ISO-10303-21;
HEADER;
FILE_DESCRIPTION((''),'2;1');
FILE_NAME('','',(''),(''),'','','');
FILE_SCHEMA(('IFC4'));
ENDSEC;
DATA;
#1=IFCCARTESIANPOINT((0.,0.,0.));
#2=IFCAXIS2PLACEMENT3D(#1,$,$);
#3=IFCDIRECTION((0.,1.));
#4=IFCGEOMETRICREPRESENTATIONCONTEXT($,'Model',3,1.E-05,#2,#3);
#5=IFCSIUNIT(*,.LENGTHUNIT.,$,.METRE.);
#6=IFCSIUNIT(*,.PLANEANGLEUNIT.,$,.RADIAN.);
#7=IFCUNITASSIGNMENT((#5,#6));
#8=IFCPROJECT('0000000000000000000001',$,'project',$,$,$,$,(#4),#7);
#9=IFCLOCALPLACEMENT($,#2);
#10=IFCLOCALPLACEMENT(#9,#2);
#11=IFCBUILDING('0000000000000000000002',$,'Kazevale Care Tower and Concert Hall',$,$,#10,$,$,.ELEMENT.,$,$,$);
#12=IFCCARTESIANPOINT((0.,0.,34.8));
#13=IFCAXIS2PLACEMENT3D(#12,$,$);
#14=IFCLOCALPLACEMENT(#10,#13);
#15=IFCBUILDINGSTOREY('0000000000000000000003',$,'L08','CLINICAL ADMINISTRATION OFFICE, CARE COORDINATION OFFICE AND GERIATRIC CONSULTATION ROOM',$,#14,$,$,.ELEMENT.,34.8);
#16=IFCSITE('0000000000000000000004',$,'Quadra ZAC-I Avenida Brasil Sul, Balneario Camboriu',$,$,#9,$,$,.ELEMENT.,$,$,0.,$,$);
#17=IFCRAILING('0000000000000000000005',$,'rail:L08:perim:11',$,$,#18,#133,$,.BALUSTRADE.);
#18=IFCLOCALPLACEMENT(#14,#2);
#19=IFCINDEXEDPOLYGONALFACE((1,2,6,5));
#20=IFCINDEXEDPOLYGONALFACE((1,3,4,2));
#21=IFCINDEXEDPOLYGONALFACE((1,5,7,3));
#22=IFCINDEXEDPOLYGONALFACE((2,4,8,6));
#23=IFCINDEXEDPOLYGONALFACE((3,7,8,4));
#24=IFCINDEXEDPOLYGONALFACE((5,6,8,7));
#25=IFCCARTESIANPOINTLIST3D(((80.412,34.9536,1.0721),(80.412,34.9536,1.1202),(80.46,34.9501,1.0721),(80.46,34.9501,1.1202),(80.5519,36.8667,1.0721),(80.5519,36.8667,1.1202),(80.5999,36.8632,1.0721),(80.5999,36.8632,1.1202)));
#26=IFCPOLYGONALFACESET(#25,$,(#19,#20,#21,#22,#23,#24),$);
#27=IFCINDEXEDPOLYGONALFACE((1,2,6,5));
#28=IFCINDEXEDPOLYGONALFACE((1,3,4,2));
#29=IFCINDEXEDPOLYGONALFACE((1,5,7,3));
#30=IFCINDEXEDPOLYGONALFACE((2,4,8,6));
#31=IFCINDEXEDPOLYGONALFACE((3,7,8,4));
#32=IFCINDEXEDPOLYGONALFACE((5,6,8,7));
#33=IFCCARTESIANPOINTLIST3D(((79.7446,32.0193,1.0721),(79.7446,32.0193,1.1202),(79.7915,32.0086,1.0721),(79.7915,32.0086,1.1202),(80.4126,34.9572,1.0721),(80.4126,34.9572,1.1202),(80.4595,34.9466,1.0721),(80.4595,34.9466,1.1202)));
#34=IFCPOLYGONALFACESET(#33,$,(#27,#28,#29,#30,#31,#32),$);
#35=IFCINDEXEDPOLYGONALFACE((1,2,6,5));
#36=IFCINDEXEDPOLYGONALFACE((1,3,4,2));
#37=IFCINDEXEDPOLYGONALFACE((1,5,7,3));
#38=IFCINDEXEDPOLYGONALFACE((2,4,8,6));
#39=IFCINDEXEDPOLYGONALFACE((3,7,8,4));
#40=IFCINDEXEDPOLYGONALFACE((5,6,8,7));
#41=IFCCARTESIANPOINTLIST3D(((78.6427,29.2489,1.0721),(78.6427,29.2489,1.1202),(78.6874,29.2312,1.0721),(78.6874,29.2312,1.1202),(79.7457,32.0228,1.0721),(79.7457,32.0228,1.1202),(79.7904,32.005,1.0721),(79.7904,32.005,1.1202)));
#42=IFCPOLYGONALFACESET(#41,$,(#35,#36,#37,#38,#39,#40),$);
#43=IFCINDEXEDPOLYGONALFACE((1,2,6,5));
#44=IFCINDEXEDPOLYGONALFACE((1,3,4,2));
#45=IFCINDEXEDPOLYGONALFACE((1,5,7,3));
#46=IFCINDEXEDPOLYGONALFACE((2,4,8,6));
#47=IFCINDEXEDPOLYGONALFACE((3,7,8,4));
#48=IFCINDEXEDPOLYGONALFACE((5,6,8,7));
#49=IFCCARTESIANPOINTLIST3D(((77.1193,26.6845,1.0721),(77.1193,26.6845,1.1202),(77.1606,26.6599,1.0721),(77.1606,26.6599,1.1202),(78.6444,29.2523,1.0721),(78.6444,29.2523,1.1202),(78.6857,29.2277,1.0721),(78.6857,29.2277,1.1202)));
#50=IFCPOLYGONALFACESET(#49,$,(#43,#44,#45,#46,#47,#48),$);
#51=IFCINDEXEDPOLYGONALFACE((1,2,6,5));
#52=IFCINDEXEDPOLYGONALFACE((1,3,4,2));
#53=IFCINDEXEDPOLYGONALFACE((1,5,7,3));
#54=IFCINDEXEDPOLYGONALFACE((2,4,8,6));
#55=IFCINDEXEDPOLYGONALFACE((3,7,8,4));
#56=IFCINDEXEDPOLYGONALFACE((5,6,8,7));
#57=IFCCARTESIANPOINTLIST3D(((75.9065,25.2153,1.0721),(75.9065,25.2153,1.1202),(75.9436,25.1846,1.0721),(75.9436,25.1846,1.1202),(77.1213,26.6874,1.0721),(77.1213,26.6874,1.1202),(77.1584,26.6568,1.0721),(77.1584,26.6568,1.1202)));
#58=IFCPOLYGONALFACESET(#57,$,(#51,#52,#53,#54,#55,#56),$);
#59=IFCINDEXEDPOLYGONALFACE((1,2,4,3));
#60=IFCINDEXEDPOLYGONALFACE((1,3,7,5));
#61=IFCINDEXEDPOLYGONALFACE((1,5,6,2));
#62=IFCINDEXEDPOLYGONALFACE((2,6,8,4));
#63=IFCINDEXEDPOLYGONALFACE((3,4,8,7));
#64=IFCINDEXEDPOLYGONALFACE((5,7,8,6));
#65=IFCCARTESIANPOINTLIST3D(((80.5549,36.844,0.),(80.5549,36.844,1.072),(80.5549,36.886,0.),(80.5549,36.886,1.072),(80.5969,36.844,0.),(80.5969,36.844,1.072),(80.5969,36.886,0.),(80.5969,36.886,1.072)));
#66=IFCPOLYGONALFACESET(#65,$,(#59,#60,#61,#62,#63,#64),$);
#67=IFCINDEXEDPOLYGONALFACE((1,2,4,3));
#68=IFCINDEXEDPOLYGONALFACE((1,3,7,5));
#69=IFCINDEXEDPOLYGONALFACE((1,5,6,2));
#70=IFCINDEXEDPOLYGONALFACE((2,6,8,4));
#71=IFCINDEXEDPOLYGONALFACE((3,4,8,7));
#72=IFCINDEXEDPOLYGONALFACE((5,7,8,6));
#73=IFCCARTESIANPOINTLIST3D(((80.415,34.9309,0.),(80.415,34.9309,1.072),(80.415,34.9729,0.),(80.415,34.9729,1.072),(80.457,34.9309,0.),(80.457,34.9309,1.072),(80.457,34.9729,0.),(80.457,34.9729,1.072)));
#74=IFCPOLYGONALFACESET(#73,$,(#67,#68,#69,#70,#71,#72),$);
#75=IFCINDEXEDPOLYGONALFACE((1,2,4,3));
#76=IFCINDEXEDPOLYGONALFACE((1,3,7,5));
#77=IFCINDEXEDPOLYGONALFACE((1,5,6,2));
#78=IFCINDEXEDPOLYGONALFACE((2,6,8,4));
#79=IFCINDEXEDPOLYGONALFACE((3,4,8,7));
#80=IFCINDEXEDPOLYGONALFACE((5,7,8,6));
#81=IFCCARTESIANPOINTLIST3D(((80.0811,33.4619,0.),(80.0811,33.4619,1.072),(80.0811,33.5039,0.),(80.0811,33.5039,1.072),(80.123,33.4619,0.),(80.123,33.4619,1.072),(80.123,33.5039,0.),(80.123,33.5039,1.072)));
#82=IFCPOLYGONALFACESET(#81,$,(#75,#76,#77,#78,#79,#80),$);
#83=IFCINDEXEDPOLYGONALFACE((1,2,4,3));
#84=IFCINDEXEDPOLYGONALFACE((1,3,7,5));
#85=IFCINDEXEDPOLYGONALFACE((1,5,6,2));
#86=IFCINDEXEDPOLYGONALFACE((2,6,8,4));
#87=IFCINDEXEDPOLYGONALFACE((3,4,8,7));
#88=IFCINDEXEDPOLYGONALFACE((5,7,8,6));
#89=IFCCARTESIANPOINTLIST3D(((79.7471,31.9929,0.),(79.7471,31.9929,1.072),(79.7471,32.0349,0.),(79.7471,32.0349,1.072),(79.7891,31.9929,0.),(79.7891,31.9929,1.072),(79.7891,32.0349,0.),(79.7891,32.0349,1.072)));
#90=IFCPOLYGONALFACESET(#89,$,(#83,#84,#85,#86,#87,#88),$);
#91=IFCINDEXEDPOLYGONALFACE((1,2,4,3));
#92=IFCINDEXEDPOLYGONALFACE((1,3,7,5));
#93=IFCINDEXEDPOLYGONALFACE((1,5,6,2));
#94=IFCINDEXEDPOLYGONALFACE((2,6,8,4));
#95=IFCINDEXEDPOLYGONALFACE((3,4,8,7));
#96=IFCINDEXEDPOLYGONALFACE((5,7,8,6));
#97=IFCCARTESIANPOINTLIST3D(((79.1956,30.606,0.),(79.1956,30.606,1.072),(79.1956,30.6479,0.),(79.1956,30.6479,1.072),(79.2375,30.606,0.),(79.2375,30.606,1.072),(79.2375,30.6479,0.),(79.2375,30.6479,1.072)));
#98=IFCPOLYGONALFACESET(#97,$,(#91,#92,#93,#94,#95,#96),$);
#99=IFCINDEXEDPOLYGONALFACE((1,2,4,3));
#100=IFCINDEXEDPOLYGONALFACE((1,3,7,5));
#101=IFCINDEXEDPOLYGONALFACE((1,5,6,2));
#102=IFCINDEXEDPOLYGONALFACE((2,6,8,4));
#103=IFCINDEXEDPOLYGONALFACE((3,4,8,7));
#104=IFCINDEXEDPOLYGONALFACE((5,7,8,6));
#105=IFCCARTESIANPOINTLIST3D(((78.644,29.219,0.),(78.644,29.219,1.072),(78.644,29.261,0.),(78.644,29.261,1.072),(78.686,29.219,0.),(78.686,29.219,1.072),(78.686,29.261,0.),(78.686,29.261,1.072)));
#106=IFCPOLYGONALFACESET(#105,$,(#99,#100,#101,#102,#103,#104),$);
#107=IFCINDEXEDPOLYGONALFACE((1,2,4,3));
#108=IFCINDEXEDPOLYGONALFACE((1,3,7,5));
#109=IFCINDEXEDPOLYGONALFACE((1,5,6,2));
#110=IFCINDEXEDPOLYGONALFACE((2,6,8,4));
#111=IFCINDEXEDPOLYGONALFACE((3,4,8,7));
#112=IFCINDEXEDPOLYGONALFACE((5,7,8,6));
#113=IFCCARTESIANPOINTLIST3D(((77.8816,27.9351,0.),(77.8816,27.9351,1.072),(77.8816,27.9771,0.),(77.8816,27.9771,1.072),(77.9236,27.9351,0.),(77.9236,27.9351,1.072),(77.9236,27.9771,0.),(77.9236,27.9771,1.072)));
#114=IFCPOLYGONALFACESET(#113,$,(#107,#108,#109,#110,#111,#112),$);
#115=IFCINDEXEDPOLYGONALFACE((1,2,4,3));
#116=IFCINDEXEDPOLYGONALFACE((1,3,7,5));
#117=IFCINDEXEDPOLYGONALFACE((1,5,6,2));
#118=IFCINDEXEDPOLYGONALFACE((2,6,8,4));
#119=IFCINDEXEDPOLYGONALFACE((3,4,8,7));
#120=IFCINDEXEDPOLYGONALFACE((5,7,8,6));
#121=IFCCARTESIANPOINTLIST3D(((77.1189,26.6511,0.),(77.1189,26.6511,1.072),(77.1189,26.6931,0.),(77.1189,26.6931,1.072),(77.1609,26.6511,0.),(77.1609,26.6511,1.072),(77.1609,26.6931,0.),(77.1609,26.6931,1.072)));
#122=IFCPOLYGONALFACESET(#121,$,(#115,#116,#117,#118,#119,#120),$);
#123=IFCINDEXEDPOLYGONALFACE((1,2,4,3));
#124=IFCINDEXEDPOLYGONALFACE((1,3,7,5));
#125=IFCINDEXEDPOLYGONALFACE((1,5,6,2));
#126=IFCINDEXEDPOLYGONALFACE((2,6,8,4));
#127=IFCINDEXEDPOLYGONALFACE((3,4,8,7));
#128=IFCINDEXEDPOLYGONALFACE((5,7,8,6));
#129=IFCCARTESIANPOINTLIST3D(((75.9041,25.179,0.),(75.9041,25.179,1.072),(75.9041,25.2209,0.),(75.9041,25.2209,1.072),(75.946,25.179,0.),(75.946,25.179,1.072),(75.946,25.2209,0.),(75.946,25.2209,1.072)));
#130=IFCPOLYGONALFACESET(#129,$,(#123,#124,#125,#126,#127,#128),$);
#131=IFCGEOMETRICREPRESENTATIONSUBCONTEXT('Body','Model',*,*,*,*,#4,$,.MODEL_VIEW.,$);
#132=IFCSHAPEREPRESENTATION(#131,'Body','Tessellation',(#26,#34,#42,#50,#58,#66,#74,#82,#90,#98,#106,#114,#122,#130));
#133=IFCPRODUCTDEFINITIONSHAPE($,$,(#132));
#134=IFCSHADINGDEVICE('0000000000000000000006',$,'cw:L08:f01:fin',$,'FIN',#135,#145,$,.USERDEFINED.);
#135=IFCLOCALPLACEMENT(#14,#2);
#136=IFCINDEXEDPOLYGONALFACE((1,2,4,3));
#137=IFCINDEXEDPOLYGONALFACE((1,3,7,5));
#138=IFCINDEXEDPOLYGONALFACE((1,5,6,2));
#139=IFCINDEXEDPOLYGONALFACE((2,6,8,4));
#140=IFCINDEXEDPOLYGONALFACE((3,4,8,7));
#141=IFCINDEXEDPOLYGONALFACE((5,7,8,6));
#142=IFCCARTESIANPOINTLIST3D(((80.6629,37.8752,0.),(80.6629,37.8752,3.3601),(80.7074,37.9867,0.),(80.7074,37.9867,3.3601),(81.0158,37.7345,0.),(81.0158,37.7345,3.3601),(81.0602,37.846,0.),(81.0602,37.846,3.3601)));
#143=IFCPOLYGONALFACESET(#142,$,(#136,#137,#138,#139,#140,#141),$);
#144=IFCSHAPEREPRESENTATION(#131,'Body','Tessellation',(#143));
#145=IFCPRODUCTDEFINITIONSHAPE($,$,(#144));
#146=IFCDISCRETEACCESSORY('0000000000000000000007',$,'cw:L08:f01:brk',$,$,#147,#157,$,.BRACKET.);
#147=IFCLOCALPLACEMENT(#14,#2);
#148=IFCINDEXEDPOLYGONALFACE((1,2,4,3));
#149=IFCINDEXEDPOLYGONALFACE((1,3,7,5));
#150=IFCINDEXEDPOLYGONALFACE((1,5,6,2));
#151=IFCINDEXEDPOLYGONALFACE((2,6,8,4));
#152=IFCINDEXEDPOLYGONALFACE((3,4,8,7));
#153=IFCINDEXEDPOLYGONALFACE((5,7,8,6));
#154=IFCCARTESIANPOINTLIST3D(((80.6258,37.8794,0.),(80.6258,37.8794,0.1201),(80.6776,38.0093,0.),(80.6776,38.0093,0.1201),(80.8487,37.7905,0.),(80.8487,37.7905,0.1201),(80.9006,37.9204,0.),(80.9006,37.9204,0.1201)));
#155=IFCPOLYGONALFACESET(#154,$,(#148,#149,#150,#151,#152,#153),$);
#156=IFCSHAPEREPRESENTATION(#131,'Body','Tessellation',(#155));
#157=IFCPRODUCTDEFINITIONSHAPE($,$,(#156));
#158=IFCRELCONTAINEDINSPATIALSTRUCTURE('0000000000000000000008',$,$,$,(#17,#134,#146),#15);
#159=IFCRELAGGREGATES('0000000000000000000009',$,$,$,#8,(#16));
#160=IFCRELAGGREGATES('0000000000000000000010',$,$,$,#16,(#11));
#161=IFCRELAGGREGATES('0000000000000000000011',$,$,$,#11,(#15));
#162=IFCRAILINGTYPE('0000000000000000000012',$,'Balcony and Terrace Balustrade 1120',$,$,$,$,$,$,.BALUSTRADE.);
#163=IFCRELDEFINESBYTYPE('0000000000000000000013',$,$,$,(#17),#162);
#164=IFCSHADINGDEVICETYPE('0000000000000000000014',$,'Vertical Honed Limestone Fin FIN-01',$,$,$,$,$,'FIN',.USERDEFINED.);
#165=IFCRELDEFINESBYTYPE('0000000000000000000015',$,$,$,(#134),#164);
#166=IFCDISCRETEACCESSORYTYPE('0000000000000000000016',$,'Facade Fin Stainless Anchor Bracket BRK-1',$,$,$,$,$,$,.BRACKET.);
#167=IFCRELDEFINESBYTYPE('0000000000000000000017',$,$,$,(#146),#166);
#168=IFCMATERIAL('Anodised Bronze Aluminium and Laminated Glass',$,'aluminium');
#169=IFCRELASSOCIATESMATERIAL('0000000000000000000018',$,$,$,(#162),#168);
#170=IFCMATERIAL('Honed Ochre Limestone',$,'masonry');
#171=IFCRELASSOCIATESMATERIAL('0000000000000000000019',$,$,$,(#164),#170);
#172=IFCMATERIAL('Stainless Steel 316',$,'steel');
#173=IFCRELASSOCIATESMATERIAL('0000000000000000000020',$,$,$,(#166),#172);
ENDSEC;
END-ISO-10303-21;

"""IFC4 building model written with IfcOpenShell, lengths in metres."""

from ifc_helpers import new_model, si_unit, direction, frame, origin, origin_2d, place, context, subcontext, project, spatial, rectangle, extrude, material, type_object, element, save


model = new_model("IFC4")

# Units and contexts
model_context = context("Model", 3, precision=1e-05, world=origin(), true_north=direction((0.0, 1.0)))
body_context = subcontext(model_context, "Body", "Model", "MODEL_VIEW")
ifc_project = project(units=[si_unit("LENGTHUNIT", "METRE"), si_unit("PLANEANGLEUNIT", "RADIAN")], contexts=[model_context])

# Site, building, storey
site_placement = place(None, origin())
site = spatial("IfcSite", under=ifc_project, at=site_placement, Name="Quadra ZAC-I Avenida Brasil Sul, Balneario Camboriu", CompositionType="ELEMENT", RefElevation=0.0)
building_placement = place(site_placement, origin())
building = spatial("IfcBuilding", under=site, at=building_placement, Name="Kazevale Care Tower and Concert Hall", CompositionType="ELEMENT")
storey_placement = place(building_placement, frame((0.0, 0.0, 34.8)))
storey = spatial("IfcBuildingStorey", under=building, at=storey_placement, Name="L08", Description="CLINICAL ADMINISTRATION OFFICE, CARE COORDINATION OFFICE AND GERIATRIC CONSULTATION ROOM", CompositionType="ELEMENT", Elevation=34.8)

# Railing
ifc_material_1 = material(Name="Anodised Bronze Aluminium and Laminated Glass", Category="aluminium")
railing_type = type_object("IfcRailingType", Name="Balcony and Terrace Balustrade 1120", PredefinedType="BALUSTRADE", material=ifc_material_1)
railing_placement = place(storey_placement, frame((80.5759, 36.865, 0.0)))
element("IfcRailing", 1, at=railing_placement, inside=storey, type_object=railing_type, Name="rail:L08:perim:11", PredefinedType="BALUSTRADE", context=body_context, shape_type="SweptSolid", body=[
    extrude(rectangle(XDim=0.0481, YDim=0.0481, at=origin_2d()), frame((0.0, 0.0, 1.0962), z_axis=(-0.072929, -0.997337, 0.0), x_axis=(0.997337, -0.072929, 0.0)), (0.0, 0.0, 1.0), 1.9182),
    extrude(rectangle(XDim=0.0481, YDim=0.0481, at=origin_2d()), frame((-0.1399, -1.9131, 1.0962), z_axis=(-0.221698, -0.975115, 0.0), x_axis=(0.975115, -0.221698, 0.0)), (0.0, 0.0, 1.0), 3.0129),
    extrude(rectangle(XDim=0.0481, YDim=0.0481, at=origin_2d()), frame((-0.8079, -4.8511, 1.0962), z_axis=(-0.3695, -0.929231, 0.0), x_axis=(0.929231, -0.3695, 0.0)), (0.0, 0.0, 1.0), 2.9851),
    extrude(rectangle(XDim=0.0481, YDim=0.0481, at=origin_2d()), frame((-1.9109, -7.625, 1.0962), z_axis=(-0.510656, -0.859785, 0.0), x_axis=(0.859785, -0.510656, 0.0)), (0.0, 0.0, 1.0), 2.9866),
    extrude(rectangle(XDim=0.0481, YDim=0.0481, at=origin_2d()), frame((-3.436, -10.1929, 1.0962), z_axis=(-0.636478, -0.771295, 0.0), x_axis=(0.771295, -0.636478, 0.0)), (0.0, 0.0, 1.0), 1.9087),
    extrude(rectangle(XDim=0.042, YDim=0.042, at=origin_2d()), origin(), (0.0, 0.0, 1.0), 1.072),
    extrude(rectangle(XDim=0.042, YDim=0.042, at=origin_2d()), frame((-0.1399, -1.9131, 0.0)), (0.0, 0.0, 1.0), 1.072),
    extrude(rectangle(XDim=0.042, YDim=0.042, at=origin_2d()), frame((-0.4739, -3.3821, 0.0)), (0.0, 0.0, 1.0), 1.072),
    extrude(rectangle(XDim=0.042, YDim=0.042, at=origin_2d()), frame((-0.8079, -4.8511, 0.0)), (0.0, 0.0, 1.0), 1.072),
    extrude(rectangle(XDim=0.042, YDim=0.042, at=origin_2d()), frame((-1.3594, -6.238, 0.0)), (0.0, 0.0, 1.0), 1.072),
    extrude(rectangle(XDim=0.042, YDim=0.042, at=origin_2d()), frame((-1.9109, -7.625, 0.0)), (0.0, 0.0, 1.0), 1.072),
    extrude(rectangle(XDim=0.042, YDim=0.042, at=origin_2d()), frame((-2.6733, -8.9089, 0.0)), (0.0, 0.0, 1.0), 1.072),
    extrude(rectangle(XDim=0.042, YDim=0.042, at=origin_2d()), frame((-3.436, -10.1929, 0.0)), (0.0, 0.0, 1.0), 1.072),
    extrude(rectangle(XDim=0.042, YDim=0.042, at=origin_2d()), frame((-4.6509, -11.665, 0.0)), (0.0, 0.0, 1.0), 1.072),
])

# Shading device
ifc_material_2 = material(Name="Honed Ochre Limestone", Category="masonry")
shading_device_type = type_object("IfcShadingDeviceType", Name="Vertical Honed Limestone Fin FIN-01", ElementType="FIN", PredefinedType="USERDEFINED", material=ifc_material_2)
shading_device_placement = place(storey_placement, frame((80.8616, 37.8606, 0.0), z_axis=(0.0, 0.0, 1.0), x_axis=(0.928874, -0.370395, 0.0)))
element("IfcShadingDevice", 2, at=shading_device_placement, inside=storey, type_object=shading_device_type, Name="cw:L08:f01:fin", ObjectType="FIN", PredefinedType="USERDEFINED", context=body_context, shape_type="SweptSolid", body=[
    extrude(rectangle(XDim=0.3799, YDim=0.1201, at=origin_2d()), origin(), (0.0, 0.0, 1.0), 3.3601),
])

# Discrete accessory
ifc_material_3 = material(Name="Stainless Steel 316", Category="steel")
discrete_accessory_type = type_object("IfcDiscreteAccessoryType", Name="Facade Fin Stainless Anchor Bracket BRK-1", PredefinedType="BRACKET", material=ifc_material_3)
discrete_accessory_placement = place(storey_placement, frame((80.7632, 37.8999, 0.0), z_axis=(0.0, 0.0, 1.0), x_axis=(0.928874, -0.370395, 0.0)))
element("IfcDiscreteAccessory", 3, at=discrete_accessory_placement, inside=storey, type_object=discrete_accessory_type, Name="cw:L08:f01:brk", PredefinedType="BRACKET", context=body_context, shape_type="SweptSolid", body=[
    extrude(rectangle(XDim=0.24, YDim=0.1399, at=origin_2d()), origin(), (0.0, 0.0, 1.0), 0.1201),
])

save(model, "model.ifc")
